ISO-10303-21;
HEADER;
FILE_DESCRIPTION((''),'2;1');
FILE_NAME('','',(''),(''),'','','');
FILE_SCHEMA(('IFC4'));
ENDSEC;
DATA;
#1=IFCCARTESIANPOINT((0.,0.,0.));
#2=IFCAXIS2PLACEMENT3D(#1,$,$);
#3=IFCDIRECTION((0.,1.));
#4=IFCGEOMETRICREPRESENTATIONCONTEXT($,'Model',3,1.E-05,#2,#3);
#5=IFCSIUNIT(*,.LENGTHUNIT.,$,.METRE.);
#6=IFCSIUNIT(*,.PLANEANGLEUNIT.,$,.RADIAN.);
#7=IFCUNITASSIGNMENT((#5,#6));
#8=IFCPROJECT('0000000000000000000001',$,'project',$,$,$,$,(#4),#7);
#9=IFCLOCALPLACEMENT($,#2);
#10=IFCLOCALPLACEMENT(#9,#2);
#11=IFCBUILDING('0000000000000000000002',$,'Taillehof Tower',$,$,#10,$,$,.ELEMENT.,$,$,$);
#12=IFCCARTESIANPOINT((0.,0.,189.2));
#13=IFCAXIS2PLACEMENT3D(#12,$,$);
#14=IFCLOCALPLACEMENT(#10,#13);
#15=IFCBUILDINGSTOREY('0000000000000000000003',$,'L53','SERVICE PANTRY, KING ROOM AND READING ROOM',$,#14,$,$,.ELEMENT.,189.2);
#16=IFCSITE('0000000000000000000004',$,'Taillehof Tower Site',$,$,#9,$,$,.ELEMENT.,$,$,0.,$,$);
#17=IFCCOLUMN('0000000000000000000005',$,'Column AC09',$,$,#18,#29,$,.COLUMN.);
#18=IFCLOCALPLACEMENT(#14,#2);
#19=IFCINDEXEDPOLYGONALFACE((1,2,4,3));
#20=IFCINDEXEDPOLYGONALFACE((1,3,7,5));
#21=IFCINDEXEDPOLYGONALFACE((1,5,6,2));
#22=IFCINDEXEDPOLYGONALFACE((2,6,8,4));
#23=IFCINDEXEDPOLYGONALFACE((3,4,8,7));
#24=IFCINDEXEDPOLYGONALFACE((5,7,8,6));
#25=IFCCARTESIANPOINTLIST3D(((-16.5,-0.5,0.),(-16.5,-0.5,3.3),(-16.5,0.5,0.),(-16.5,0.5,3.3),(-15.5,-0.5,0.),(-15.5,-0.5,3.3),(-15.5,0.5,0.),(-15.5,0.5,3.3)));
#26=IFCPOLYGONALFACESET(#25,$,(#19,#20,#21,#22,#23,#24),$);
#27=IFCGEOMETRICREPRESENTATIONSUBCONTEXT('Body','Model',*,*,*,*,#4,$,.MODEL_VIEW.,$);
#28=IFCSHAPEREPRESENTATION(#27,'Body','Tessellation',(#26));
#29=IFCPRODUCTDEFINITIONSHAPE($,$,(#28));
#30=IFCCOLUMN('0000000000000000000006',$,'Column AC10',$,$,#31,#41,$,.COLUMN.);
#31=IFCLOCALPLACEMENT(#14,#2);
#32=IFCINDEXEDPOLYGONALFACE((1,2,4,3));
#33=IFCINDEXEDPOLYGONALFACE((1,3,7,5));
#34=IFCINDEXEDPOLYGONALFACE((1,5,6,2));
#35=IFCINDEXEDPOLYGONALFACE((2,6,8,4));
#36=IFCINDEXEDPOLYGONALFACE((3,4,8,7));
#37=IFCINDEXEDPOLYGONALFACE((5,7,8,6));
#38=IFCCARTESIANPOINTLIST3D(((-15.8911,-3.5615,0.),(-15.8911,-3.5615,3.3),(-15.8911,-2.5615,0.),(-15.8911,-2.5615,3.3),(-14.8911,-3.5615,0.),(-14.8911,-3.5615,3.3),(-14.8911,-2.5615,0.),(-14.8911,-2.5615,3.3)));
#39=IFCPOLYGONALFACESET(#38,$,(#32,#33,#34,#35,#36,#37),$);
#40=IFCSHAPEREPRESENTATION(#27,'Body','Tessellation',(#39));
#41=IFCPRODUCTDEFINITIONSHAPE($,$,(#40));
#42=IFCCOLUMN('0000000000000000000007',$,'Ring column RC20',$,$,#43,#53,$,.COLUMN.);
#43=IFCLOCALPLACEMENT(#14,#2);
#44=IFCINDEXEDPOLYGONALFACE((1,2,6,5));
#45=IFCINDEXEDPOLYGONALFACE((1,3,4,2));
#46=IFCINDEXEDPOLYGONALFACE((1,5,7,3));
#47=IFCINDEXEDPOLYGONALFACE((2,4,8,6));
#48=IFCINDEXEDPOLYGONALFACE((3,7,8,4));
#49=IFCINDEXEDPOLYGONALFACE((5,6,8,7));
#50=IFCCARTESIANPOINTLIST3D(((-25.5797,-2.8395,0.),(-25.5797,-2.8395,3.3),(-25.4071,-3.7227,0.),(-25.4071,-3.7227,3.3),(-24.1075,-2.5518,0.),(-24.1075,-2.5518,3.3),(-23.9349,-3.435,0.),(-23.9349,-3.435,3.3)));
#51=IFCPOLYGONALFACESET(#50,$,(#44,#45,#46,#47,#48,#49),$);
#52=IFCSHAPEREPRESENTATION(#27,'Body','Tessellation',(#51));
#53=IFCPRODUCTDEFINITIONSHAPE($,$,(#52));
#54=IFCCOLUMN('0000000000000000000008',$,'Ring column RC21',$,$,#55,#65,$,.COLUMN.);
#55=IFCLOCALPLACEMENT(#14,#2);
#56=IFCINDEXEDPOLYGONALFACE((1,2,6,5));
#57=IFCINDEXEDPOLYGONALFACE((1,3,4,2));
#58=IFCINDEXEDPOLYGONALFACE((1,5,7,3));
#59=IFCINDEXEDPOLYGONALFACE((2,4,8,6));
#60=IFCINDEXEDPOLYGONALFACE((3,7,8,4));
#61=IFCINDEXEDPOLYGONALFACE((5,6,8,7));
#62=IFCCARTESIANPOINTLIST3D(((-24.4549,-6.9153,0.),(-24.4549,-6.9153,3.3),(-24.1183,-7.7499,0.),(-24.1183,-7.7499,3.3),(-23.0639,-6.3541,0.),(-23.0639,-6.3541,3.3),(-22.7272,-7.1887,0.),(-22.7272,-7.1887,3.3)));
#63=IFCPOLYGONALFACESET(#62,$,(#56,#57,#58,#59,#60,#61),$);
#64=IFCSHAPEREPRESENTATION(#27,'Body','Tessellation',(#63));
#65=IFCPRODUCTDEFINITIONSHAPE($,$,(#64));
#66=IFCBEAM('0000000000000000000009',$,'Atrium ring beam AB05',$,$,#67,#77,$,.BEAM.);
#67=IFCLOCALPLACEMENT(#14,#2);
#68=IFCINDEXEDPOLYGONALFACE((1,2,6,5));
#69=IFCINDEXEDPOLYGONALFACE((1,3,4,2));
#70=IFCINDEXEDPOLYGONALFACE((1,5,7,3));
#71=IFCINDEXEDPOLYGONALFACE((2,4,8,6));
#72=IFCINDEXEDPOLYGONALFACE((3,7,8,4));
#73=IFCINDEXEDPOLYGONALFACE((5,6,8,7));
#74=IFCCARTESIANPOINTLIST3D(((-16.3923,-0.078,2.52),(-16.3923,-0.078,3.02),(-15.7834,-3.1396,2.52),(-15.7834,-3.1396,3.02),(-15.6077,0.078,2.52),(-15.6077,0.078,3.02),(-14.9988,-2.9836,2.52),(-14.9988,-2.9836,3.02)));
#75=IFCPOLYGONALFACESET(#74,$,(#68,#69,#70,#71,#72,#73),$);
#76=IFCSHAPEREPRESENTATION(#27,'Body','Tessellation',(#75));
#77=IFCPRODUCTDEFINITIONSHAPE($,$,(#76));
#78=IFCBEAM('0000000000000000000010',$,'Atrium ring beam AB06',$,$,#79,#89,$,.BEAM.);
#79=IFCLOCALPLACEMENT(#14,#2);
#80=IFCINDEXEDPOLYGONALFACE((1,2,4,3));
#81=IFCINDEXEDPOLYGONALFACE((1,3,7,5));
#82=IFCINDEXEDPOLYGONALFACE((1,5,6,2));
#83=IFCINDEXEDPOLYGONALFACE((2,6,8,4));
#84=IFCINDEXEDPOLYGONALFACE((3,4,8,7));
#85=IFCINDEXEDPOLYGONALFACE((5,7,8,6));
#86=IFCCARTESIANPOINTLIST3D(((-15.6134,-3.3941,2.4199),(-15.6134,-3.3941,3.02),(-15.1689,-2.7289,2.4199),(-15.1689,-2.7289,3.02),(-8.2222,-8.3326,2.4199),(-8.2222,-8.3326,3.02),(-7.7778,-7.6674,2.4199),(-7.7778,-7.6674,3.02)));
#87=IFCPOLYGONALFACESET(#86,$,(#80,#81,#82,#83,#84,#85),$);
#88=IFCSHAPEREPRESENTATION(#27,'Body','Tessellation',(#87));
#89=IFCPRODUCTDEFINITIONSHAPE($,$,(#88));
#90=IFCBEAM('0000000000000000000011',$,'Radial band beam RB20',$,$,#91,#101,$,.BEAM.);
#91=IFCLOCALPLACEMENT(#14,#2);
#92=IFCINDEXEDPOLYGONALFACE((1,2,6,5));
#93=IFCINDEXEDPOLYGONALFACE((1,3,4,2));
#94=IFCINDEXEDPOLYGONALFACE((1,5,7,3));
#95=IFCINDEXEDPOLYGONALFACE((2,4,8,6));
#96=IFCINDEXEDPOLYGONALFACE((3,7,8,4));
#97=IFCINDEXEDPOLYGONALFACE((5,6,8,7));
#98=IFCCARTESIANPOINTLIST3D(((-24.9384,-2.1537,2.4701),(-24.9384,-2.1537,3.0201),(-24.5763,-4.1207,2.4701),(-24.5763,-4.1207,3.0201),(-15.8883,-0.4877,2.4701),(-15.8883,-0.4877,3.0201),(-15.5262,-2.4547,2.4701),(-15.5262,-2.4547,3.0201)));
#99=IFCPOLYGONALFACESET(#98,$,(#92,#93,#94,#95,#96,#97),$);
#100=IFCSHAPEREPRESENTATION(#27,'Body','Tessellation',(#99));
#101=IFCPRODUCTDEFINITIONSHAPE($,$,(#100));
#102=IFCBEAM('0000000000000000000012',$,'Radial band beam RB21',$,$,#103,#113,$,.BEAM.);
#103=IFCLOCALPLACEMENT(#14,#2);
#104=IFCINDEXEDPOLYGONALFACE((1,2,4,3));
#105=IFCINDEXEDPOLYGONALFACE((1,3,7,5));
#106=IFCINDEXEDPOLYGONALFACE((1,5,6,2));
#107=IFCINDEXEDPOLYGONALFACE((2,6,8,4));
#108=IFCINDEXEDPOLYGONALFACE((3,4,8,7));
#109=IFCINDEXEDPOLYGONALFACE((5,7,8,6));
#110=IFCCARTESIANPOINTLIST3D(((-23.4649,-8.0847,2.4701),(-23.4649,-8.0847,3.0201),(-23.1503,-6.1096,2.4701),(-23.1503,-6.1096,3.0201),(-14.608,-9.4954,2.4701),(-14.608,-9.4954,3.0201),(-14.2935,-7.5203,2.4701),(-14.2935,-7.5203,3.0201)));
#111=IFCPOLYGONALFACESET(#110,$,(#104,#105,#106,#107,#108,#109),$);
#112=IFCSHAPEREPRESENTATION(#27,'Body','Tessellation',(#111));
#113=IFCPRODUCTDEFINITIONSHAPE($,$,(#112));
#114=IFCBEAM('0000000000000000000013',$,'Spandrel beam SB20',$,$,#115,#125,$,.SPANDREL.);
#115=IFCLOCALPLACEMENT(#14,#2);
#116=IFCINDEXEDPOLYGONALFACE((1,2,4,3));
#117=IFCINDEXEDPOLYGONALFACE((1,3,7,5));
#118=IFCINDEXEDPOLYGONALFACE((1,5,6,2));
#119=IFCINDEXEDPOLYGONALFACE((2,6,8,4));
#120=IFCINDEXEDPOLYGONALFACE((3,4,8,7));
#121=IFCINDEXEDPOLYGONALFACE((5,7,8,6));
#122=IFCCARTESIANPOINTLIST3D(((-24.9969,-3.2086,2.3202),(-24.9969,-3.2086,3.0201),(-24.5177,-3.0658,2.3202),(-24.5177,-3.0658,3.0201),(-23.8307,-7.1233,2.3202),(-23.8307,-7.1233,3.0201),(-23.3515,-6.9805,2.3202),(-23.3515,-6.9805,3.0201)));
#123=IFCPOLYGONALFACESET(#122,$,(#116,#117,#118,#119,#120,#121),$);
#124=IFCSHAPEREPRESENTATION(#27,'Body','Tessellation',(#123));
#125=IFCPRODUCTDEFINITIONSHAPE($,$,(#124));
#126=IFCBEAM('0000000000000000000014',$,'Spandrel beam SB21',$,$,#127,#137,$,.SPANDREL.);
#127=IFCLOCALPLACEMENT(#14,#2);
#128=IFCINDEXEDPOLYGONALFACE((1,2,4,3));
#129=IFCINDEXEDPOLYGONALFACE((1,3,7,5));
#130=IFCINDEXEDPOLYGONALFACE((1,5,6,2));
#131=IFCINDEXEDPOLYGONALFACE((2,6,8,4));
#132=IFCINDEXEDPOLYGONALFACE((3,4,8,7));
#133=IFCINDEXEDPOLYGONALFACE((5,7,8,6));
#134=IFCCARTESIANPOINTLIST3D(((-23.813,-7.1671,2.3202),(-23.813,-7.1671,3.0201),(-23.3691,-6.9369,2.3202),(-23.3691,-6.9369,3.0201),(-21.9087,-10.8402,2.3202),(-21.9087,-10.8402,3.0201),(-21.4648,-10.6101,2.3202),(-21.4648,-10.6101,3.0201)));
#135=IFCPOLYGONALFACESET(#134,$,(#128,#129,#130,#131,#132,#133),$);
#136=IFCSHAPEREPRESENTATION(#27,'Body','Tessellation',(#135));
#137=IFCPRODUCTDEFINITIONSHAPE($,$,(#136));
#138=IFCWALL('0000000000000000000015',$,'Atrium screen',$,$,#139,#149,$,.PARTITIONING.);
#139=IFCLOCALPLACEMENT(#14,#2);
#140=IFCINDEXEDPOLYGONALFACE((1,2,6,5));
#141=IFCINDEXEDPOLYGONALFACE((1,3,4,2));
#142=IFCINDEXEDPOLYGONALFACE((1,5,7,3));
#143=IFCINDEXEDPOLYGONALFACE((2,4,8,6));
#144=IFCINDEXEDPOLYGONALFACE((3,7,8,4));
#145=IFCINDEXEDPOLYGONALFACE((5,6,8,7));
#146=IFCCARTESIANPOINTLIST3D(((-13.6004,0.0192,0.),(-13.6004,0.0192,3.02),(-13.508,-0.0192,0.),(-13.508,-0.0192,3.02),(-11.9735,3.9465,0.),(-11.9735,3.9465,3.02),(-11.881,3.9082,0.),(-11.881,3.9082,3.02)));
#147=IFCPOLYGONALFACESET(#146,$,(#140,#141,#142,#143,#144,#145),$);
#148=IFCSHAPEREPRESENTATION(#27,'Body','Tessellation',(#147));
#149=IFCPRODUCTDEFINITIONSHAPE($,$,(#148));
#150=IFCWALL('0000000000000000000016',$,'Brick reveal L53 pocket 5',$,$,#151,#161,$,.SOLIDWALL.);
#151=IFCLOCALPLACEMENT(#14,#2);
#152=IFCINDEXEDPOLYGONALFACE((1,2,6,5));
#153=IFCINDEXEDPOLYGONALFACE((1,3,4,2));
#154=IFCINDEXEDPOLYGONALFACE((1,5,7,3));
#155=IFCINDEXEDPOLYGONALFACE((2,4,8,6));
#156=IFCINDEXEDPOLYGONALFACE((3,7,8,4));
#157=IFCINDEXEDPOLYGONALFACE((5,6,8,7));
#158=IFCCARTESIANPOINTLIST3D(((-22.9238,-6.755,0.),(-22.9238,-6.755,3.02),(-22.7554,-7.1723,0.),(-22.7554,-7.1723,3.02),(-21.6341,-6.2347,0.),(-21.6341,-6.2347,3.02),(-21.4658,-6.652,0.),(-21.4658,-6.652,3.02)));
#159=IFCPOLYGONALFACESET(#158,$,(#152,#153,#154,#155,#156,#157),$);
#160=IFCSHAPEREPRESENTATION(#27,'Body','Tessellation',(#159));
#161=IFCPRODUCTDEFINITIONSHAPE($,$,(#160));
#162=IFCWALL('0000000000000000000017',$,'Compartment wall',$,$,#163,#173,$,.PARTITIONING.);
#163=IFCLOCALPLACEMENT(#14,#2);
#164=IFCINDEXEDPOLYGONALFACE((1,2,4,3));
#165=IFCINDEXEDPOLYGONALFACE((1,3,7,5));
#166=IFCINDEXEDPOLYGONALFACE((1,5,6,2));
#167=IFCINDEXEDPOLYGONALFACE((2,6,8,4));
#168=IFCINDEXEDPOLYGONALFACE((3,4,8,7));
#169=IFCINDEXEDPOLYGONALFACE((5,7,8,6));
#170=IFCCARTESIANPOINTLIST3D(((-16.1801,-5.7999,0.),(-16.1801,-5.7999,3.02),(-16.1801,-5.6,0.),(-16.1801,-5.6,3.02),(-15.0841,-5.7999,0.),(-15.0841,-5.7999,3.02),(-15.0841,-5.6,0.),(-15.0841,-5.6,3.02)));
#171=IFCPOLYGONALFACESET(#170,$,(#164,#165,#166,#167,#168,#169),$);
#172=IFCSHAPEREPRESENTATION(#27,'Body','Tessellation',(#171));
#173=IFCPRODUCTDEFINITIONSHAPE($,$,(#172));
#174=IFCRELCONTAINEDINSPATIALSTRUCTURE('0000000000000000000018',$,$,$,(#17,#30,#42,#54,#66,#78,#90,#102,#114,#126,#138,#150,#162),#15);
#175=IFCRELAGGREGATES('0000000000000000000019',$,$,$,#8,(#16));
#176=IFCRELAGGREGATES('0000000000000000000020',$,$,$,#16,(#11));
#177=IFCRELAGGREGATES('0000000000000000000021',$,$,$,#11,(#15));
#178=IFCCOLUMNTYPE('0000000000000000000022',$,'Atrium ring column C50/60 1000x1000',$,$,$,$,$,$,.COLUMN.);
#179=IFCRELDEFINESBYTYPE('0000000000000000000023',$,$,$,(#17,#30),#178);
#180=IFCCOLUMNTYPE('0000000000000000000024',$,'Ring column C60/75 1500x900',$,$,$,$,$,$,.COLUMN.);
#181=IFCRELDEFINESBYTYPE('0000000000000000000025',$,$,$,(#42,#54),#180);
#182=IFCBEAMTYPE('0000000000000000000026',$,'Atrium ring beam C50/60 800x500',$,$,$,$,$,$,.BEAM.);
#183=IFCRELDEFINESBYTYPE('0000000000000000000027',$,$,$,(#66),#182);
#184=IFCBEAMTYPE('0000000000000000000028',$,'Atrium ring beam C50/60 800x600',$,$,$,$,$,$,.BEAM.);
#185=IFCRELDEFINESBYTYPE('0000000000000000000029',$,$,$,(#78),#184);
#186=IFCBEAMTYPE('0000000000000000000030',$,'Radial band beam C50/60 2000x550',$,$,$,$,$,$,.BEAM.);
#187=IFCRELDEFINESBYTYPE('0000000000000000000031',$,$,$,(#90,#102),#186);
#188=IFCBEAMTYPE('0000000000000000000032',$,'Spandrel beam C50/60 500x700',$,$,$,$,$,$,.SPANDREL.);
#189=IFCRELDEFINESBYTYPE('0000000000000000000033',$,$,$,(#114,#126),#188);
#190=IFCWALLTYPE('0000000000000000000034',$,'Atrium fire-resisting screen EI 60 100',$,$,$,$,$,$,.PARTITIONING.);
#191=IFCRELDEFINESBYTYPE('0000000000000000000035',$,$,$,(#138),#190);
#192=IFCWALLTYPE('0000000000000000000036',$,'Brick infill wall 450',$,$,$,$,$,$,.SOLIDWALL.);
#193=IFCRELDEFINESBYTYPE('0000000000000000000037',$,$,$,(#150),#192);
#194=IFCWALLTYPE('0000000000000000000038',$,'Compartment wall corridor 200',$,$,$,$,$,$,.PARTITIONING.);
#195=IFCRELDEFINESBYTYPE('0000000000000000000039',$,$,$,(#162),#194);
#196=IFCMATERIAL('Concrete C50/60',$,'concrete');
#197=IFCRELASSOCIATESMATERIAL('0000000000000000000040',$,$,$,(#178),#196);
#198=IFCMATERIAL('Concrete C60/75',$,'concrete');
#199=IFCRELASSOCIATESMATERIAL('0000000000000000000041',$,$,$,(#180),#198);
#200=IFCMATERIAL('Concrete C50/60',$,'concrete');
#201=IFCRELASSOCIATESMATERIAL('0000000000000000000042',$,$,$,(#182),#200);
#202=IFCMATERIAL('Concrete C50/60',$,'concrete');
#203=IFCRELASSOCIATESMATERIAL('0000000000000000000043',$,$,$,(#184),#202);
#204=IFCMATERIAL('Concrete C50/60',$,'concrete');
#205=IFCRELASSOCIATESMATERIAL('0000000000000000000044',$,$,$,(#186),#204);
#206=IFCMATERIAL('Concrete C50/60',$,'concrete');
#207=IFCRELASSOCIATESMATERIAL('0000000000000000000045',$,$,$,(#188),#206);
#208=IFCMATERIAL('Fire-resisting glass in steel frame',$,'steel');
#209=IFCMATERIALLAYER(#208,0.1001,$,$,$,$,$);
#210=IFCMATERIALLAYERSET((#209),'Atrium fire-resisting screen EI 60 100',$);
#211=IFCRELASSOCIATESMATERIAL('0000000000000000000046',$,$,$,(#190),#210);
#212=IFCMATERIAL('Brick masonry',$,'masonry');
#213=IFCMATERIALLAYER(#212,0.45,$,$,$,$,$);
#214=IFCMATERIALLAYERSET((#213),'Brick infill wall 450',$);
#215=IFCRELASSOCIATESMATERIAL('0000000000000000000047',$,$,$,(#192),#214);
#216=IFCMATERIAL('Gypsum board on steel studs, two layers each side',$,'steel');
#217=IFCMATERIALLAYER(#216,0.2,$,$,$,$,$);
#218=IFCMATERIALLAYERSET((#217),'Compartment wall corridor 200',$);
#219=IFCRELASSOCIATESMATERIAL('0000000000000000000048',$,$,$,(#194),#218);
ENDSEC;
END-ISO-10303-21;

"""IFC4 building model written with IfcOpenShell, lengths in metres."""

from ifc_helpers import new_model, si_unit, direction, frame, frame_2d, origin, origin_2d, place, context, subcontext, project, spatial, rectangle, extrude, material, layer, layer_set, material_profile, profile_set, type_object, element, save


model = new_model("IFC4")

# Units and contexts
model_context = context("Model", 3, precision=1e-05, world=origin(), true_north=direction((0.0, 1.0)))
body_context = subcontext(model_context, "Body", "Model", "MODEL_VIEW")
ifc_project = project(units=[si_unit("LENGTHUNIT", "METRE"), si_unit("PLANEANGLEUNIT", "RADIAN")], contexts=[model_context])

# Site, building, storey
site_placement = place(None, origin())
site = spatial("IfcSite", under=ifc_project, at=site_placement, Name="Taillehof Tower Site", CompositionType="ELEMENT", RefElevation=0.0)
building_placement = place(site_placement, origin())
building = spatial("IfcBuilding", under=site, at=building_placement, Name="Taillehof Tower", CompositionType="ELEMENT")
storey_placement = place(building_placement, frame((0.0, 0.0, 189.2)))
storey = spatial("IfcBuildingStorey", under=building, at=storey_placement, Name="L53", Description="SERVICE PANTRY, KING ROOM AND READING ROOM", CompositionType="ELEMENT", Elevation=189.2)

# Columns
ifc_material_1 = material(Name="Concrete C50/60", Category="concrete")
ifc_material_profile_1 = material_profile(ifc_material_1, rectangle(XDim=1.0, YDim=1.0, at=origin_2d()), Name="RC 1000x1000")
ifc_profile_set_1 = profile_set([ifc_material_profile_1], Name="Concrete C50/60")
column_type_1 = type_object("IfcColumnType", Name="Atrium ring column C50/60 1000x1000", PredefinedType="COLUMN", material=ifc_profile_set_1)
for number, where, z_axis, x_axis, name in (
    (1, (-16.0, 0.0, 0.0), (0.0, 0.0, 1.0), (1.0, 0.0, 0.0), "Column AC09"),
    (2, (-15.3911, -3.0615, 0.0), (0.0, 0.0, 1.0), (1.0, 0.0, 0.0), "Column AC10"),
):
    element("IfcColumn", number, at=place(storey_placement, frame(where, z_axis=z_axis, x_axis=x_axis)), inside=storey, type_object=column_type_1, Name=name, PredefinedType="COLUMN", context=body_context, shape_type="SweptSolid", body=[
        extrude(rectangle(XDim=1.0, YDim=1.0, at=origin_2d()), origin(), (0.0, 0.0, 1.0), 3.3),
    ])
ifc_material_2 = material(Name="Concrete C60/75", Category="concrete")
ifc_material_profile_2 = material_profile(ifc_material_2, rectangle(XDim=1.5, YDim=0.8999, at=origin_2d()), Name="RC 1500x900")
ifc_profile_set_2 = profile_set([ifc_material_profile_2], Name="Concrete C60/75")
column_type_2 = type_object("IfcColumnType", Name="Ring column C60/75 1500x900", PredefinedType="COLUMN", material=ifc_profile_set_2)
for number, where, z_axis, x_axis, name in (
    (3, (-24.7573, -3.1372, 0.0), (0.0, 0.0, 1.0), (-0.981434, -0.191801, 0.0), "Ring column RC20"),
    (4, (-23.5911, -7.052, 0.0), (0.0, 0.0, 1.0), (-0.927385, -0.374108, 0.0), "Ring column RC21"),
):
    element("IfcColumn", number, at=place(storey_placement, frame(where, z_axis=z_axis, x_axis=x_axis)), inside=storey, type_object=column_type_2, Name=name, PredefinedType="COLUMN", context=body_context, shape_type="SweptSolid", body=[
        extrude(rectangle(XDim=1.5, YDim=0.8999, at=origin_2d()), origin(), (0.0, 0.0, 1.0), 3.3),
    ])

# Beams
ifc_material_3 = material(Name="Concrete C50/60", Category="concrete")
ifc_material_profile_3 = material_profile(ifc_material_3, rectangle(XDim=0.8, YDim=0.5, at=origin_2d()), Name="RC 800x500")
ifc_profile_set_3 = profile_set([ifc_material_profile_3], Name="Concrete C50/60")
beam_type_1 = type_object("IfcBeamType", Name="Atrium ring beam C50/60 800x500", PredefinedType="BEAM", material=ifc_profile_set_3)
beam_1_placement = place(storey_placement, frame((-16.0, 0.0, 2.77), z_axis=(0.195063, -0.980791, 0.0), x_axis=(0.980791, 0.195063, 0.0)))
element("IfcBeam", 5, at=beam_1_placement, inside=storey, type_object=beam_type_1, Name="Atrium ring beam AB05", PredefinedType="BEAM", context=body_context, shape_type="SweptSolid", body=[
    extrude(rectangle(XDim=0.8, YDim=0.5, at=origin_2d()), origin(), (0.0, 0.0, 1.0), 3.1216),
])
ifc_material_4 = material(Name="Concrete C50/60", Category="concrete")
ifc_material_profile_4 = material_profile(ifc_material_4, rectangle(XDim=0.8, YDim=0.6001, at=origin_2d()), Name="RC 800x600")
ifc_profile_set_4 = profile_set([ifc_material_profile_4], Name="Concrete C50/60")
beam_type_2 = type_object("IfcBeamType", Name="Atrium ring beam C50/60 800x600", PredefinedType="BEAM", material=ifc_profile_set_4)
beam_2_placement = place(storey_placement, frame((-15.3911, -3.0615, 2.72), z_axis=(0.831475, -0.555562, 0.0), x_axis=(0.555562, 0.831475, 0.0)))
element("IfcBeam", 6, at=beam_2_placement, inside=storey, type_object=beam_type_2, Name="Atrium ring beam AB06", PredefinedType="BEAM", context=body_context, shape_type="SweptSolid", body=[
    extrude(rectangle(XDim=0.8, YDim=0.6001, at=origin_2d()), origin(), (0.0, 0.0, 1.0), 8.8892),
])
ifc_material_5 = material(Name="Concrete C50/60", Category="concrete")
ifc_material_profile_5 = material_profile(ifc_material_5, rectangle(XDim=2.0, YDim=0.55, at=origin_2d()), Name="RC 2000x550")
ifc_profile_set_5 = profile_set([ifc_material_profile_5], Name="Concrete C50/60")
beam_type_3 = type_object("IfcBeamType", Name="Radial band beam C50/60 2000x550", PredefinedType="BEAM", material=ifc_profile_set_5)
beam_3_placement = place(storey_placement, frame((-24.7573, -3.1372, 2.7451), z_axis=(0.983474, 0.181047, 0.0), x_axis=(-0.181047, 0.983474, 0.0)))
element("IfcBeam", 7, at=beam_3_placement, inside=storey, type_object=beam_type_3, Name="Radial band beam RB20", PredefinedType="BEAM", context=body_context, shape_type="SweptSolid", body=[
    extrude(rectangle(XDim=2.0, YDim=0.55, at=origin_2d()), origin(), (0.0, 0.0, 1.0), 9.2021),
])
beam_4_placement = place(storey_placement, frame((-23.3076, -7.0972, 2.7451), z_axis=(0.987553, -0.157288, 0.0), x_axis=(0.157288, 0.987553, 0.0)))
element("IfcBeam", 8, at=beam_4_placement, inside=storey, type_object=beam_type_3, Name="Radial band beam RB21", PredefinedType="BEAM", context=body_context, shape_type="SweptSolid", body=[
    extrude(rectangle(XDim=2.0, YDim=0.55, at=origin_2d()), origin(), (0.0, 0.0, 1.0), 8.9685),
])
ifc_material_6 = material(Name="Concrete C50/60", Category="concrete")
ifc_material_profile_6 = material_profile(ifc_material_6, rectangle(XDim=0.5, YDim=0.7, at=origin_2d()), Name="RC 500x700")
ifc_profile_set_6 = profile_set([ifc_material_profile_6], Name="Concrete C50/60")
beam_type_4 = type_object("IfcBeamType", Name="Spandrel beam C50/60 500x700", PredefinedType="SPANDREL", material=ifc_profile_set_6)
beam_5_placement = place(storey_placement, frame((-24.7573, -3.1372, 2.6702), z_axis=(0.28551, -0.958376, 0.0), x_axis=(0.958376, 0.28551, 0.0)))
element("IfcBeam", 9, at=beam_5_placement, inside=storey, type_object=beam_type_4, Name="Spandrel beam SB20", PredefinedType="SPANDREL", context=body_context, shape_type="SweptSolid", body=[
    extrude(rectangle(XDim=0.5, YDim=0.7, at=origin_2d()), origin(), (0.0, 0.0, 1.0), 4.0847),
])
beam_6_placement = place(storey_placement, frame((-23.5911, -7.052, 2.6702), z_axis=(0.460265, -0.887781, 0.0), x_axis=(0.887781, 0.460265, 0.0)))
element("IfcBeam", 10, at=beam_6_placement, inside=storey, type_object=beam_type_4, Name="Spandrel beam SB21", PredefinedType="SPANDREL", context=body_context, shape_type="SweptSolid", body=[
    extrude(rectangle(XDim=0.5, YDim=0.7, at=origin_2d()), origin(), (0.0, 0.0, 1.0), 4.1375),
])

# Walls
ifc_material_7 = material(Name="Fire-resisting glass in steel frame", Category="steel")
ifc_layer_1 = layer(ifc_material_7, 0.1001)
ifc_layer_set_1 = layer_set([ifc_layer_1], Name="Atrium fire-resisting screen EI 60 100")
wall_type_1 = type_object("IfcWallType", Name="Atrium fire-resisting screen EI 60 100", PredefinedType="PARTITIONING", material=ifc_layer_set_1)
wall_1_placement = place(storey_placement, frame((-13.5542, 0.0, 0.0), z_axis=(0.0, 0.0, 1.0), x_axis=(0.382731, 0.92386, 0.0)))
element("IfcWall", 11, at=wall_1_placement, inside=storey, type_object=wall_type_1, Name="Atrium screen", PredefinedType="PARTITIONING", context=body_context, shape_type="SweptSolid", body=[
    extrude(rectangle(XDim=4.251, YDim=0.1001, at=frame_2d((2.1255, 0.0))), origin(), (0.0, 0.0, 1.0), 3.02),
])
ifc_material_8 = material(Name="Brick masonry", Category="masonry")
ifc_layer_2 = layer(ifc_material_8, 0.45)
ifc_layer_set_2 = layer_set([ifc_layer_2], Name="Brick infill wall 450")
wall_type_2 = type_object("IfcWallType", Name="Brick infill wall 450", PredefinedType="SOLIDWALL", material=ifc_layer_set_2)
wall_2_placement = place(storey_placement, frame((-22.8396, -6.9636, 0.0), z_axis=(0.0, 0.0, 1.0), x_axis=(0.927371, 0.374144, 0.0)))
element("IfcWall", 12, at=wall_2_placement, inside=storey, type_object=wall_type_2, Name="Brick reveal L53 pocket 5", PredefinedType="SOLIDWALL", context=body_context, shape_type="SweptSolid", body=[
    extrude(rectangle(XDim=1.3906, YDim=0.45, at=frame_2d((0.6953, 0.0))), origin(), (0.0, 0.0, 1.0), 3.02),
])

# Wall
ifc_material_9 = material(Name="Gypsum board on steel studs, two layers each side", Category="steel")
ifc_layer_3 = layer(ifc_material_9, 0.2)
ifc_layer_set_3 = layer_set([ifc_layer_3], Name="Compartment wall corridor 200")
wall_type_3 = type_object("IfcWallType", Name="Compartment wall corridor 200", PredefinedType="PARTITIONING", material=ifc_layer_set_3)
wall_3_placement = place(storey_placement, frame((-16.1799, -5.7, 0.0), z_axis=(0.0, 0.0, 1.0), x_axis=(1.0, 0.0, 0.0)))
element("IfcWall", 13, at=wall_3_placement, inside=storey, type_object=wall_type_3, Name="Compartment wall", PredefinedType="PARTITIONING", context=body_context, shape_type="SweptSolid", body=[
    extrude(rectangle(XDim=1.0959, YDim=0.2, at=frame_2d((0.5479, 0.0))), origin(), (0.0, 0.0, 1.0), 3.02),
])

save(model, "model.ifc")
